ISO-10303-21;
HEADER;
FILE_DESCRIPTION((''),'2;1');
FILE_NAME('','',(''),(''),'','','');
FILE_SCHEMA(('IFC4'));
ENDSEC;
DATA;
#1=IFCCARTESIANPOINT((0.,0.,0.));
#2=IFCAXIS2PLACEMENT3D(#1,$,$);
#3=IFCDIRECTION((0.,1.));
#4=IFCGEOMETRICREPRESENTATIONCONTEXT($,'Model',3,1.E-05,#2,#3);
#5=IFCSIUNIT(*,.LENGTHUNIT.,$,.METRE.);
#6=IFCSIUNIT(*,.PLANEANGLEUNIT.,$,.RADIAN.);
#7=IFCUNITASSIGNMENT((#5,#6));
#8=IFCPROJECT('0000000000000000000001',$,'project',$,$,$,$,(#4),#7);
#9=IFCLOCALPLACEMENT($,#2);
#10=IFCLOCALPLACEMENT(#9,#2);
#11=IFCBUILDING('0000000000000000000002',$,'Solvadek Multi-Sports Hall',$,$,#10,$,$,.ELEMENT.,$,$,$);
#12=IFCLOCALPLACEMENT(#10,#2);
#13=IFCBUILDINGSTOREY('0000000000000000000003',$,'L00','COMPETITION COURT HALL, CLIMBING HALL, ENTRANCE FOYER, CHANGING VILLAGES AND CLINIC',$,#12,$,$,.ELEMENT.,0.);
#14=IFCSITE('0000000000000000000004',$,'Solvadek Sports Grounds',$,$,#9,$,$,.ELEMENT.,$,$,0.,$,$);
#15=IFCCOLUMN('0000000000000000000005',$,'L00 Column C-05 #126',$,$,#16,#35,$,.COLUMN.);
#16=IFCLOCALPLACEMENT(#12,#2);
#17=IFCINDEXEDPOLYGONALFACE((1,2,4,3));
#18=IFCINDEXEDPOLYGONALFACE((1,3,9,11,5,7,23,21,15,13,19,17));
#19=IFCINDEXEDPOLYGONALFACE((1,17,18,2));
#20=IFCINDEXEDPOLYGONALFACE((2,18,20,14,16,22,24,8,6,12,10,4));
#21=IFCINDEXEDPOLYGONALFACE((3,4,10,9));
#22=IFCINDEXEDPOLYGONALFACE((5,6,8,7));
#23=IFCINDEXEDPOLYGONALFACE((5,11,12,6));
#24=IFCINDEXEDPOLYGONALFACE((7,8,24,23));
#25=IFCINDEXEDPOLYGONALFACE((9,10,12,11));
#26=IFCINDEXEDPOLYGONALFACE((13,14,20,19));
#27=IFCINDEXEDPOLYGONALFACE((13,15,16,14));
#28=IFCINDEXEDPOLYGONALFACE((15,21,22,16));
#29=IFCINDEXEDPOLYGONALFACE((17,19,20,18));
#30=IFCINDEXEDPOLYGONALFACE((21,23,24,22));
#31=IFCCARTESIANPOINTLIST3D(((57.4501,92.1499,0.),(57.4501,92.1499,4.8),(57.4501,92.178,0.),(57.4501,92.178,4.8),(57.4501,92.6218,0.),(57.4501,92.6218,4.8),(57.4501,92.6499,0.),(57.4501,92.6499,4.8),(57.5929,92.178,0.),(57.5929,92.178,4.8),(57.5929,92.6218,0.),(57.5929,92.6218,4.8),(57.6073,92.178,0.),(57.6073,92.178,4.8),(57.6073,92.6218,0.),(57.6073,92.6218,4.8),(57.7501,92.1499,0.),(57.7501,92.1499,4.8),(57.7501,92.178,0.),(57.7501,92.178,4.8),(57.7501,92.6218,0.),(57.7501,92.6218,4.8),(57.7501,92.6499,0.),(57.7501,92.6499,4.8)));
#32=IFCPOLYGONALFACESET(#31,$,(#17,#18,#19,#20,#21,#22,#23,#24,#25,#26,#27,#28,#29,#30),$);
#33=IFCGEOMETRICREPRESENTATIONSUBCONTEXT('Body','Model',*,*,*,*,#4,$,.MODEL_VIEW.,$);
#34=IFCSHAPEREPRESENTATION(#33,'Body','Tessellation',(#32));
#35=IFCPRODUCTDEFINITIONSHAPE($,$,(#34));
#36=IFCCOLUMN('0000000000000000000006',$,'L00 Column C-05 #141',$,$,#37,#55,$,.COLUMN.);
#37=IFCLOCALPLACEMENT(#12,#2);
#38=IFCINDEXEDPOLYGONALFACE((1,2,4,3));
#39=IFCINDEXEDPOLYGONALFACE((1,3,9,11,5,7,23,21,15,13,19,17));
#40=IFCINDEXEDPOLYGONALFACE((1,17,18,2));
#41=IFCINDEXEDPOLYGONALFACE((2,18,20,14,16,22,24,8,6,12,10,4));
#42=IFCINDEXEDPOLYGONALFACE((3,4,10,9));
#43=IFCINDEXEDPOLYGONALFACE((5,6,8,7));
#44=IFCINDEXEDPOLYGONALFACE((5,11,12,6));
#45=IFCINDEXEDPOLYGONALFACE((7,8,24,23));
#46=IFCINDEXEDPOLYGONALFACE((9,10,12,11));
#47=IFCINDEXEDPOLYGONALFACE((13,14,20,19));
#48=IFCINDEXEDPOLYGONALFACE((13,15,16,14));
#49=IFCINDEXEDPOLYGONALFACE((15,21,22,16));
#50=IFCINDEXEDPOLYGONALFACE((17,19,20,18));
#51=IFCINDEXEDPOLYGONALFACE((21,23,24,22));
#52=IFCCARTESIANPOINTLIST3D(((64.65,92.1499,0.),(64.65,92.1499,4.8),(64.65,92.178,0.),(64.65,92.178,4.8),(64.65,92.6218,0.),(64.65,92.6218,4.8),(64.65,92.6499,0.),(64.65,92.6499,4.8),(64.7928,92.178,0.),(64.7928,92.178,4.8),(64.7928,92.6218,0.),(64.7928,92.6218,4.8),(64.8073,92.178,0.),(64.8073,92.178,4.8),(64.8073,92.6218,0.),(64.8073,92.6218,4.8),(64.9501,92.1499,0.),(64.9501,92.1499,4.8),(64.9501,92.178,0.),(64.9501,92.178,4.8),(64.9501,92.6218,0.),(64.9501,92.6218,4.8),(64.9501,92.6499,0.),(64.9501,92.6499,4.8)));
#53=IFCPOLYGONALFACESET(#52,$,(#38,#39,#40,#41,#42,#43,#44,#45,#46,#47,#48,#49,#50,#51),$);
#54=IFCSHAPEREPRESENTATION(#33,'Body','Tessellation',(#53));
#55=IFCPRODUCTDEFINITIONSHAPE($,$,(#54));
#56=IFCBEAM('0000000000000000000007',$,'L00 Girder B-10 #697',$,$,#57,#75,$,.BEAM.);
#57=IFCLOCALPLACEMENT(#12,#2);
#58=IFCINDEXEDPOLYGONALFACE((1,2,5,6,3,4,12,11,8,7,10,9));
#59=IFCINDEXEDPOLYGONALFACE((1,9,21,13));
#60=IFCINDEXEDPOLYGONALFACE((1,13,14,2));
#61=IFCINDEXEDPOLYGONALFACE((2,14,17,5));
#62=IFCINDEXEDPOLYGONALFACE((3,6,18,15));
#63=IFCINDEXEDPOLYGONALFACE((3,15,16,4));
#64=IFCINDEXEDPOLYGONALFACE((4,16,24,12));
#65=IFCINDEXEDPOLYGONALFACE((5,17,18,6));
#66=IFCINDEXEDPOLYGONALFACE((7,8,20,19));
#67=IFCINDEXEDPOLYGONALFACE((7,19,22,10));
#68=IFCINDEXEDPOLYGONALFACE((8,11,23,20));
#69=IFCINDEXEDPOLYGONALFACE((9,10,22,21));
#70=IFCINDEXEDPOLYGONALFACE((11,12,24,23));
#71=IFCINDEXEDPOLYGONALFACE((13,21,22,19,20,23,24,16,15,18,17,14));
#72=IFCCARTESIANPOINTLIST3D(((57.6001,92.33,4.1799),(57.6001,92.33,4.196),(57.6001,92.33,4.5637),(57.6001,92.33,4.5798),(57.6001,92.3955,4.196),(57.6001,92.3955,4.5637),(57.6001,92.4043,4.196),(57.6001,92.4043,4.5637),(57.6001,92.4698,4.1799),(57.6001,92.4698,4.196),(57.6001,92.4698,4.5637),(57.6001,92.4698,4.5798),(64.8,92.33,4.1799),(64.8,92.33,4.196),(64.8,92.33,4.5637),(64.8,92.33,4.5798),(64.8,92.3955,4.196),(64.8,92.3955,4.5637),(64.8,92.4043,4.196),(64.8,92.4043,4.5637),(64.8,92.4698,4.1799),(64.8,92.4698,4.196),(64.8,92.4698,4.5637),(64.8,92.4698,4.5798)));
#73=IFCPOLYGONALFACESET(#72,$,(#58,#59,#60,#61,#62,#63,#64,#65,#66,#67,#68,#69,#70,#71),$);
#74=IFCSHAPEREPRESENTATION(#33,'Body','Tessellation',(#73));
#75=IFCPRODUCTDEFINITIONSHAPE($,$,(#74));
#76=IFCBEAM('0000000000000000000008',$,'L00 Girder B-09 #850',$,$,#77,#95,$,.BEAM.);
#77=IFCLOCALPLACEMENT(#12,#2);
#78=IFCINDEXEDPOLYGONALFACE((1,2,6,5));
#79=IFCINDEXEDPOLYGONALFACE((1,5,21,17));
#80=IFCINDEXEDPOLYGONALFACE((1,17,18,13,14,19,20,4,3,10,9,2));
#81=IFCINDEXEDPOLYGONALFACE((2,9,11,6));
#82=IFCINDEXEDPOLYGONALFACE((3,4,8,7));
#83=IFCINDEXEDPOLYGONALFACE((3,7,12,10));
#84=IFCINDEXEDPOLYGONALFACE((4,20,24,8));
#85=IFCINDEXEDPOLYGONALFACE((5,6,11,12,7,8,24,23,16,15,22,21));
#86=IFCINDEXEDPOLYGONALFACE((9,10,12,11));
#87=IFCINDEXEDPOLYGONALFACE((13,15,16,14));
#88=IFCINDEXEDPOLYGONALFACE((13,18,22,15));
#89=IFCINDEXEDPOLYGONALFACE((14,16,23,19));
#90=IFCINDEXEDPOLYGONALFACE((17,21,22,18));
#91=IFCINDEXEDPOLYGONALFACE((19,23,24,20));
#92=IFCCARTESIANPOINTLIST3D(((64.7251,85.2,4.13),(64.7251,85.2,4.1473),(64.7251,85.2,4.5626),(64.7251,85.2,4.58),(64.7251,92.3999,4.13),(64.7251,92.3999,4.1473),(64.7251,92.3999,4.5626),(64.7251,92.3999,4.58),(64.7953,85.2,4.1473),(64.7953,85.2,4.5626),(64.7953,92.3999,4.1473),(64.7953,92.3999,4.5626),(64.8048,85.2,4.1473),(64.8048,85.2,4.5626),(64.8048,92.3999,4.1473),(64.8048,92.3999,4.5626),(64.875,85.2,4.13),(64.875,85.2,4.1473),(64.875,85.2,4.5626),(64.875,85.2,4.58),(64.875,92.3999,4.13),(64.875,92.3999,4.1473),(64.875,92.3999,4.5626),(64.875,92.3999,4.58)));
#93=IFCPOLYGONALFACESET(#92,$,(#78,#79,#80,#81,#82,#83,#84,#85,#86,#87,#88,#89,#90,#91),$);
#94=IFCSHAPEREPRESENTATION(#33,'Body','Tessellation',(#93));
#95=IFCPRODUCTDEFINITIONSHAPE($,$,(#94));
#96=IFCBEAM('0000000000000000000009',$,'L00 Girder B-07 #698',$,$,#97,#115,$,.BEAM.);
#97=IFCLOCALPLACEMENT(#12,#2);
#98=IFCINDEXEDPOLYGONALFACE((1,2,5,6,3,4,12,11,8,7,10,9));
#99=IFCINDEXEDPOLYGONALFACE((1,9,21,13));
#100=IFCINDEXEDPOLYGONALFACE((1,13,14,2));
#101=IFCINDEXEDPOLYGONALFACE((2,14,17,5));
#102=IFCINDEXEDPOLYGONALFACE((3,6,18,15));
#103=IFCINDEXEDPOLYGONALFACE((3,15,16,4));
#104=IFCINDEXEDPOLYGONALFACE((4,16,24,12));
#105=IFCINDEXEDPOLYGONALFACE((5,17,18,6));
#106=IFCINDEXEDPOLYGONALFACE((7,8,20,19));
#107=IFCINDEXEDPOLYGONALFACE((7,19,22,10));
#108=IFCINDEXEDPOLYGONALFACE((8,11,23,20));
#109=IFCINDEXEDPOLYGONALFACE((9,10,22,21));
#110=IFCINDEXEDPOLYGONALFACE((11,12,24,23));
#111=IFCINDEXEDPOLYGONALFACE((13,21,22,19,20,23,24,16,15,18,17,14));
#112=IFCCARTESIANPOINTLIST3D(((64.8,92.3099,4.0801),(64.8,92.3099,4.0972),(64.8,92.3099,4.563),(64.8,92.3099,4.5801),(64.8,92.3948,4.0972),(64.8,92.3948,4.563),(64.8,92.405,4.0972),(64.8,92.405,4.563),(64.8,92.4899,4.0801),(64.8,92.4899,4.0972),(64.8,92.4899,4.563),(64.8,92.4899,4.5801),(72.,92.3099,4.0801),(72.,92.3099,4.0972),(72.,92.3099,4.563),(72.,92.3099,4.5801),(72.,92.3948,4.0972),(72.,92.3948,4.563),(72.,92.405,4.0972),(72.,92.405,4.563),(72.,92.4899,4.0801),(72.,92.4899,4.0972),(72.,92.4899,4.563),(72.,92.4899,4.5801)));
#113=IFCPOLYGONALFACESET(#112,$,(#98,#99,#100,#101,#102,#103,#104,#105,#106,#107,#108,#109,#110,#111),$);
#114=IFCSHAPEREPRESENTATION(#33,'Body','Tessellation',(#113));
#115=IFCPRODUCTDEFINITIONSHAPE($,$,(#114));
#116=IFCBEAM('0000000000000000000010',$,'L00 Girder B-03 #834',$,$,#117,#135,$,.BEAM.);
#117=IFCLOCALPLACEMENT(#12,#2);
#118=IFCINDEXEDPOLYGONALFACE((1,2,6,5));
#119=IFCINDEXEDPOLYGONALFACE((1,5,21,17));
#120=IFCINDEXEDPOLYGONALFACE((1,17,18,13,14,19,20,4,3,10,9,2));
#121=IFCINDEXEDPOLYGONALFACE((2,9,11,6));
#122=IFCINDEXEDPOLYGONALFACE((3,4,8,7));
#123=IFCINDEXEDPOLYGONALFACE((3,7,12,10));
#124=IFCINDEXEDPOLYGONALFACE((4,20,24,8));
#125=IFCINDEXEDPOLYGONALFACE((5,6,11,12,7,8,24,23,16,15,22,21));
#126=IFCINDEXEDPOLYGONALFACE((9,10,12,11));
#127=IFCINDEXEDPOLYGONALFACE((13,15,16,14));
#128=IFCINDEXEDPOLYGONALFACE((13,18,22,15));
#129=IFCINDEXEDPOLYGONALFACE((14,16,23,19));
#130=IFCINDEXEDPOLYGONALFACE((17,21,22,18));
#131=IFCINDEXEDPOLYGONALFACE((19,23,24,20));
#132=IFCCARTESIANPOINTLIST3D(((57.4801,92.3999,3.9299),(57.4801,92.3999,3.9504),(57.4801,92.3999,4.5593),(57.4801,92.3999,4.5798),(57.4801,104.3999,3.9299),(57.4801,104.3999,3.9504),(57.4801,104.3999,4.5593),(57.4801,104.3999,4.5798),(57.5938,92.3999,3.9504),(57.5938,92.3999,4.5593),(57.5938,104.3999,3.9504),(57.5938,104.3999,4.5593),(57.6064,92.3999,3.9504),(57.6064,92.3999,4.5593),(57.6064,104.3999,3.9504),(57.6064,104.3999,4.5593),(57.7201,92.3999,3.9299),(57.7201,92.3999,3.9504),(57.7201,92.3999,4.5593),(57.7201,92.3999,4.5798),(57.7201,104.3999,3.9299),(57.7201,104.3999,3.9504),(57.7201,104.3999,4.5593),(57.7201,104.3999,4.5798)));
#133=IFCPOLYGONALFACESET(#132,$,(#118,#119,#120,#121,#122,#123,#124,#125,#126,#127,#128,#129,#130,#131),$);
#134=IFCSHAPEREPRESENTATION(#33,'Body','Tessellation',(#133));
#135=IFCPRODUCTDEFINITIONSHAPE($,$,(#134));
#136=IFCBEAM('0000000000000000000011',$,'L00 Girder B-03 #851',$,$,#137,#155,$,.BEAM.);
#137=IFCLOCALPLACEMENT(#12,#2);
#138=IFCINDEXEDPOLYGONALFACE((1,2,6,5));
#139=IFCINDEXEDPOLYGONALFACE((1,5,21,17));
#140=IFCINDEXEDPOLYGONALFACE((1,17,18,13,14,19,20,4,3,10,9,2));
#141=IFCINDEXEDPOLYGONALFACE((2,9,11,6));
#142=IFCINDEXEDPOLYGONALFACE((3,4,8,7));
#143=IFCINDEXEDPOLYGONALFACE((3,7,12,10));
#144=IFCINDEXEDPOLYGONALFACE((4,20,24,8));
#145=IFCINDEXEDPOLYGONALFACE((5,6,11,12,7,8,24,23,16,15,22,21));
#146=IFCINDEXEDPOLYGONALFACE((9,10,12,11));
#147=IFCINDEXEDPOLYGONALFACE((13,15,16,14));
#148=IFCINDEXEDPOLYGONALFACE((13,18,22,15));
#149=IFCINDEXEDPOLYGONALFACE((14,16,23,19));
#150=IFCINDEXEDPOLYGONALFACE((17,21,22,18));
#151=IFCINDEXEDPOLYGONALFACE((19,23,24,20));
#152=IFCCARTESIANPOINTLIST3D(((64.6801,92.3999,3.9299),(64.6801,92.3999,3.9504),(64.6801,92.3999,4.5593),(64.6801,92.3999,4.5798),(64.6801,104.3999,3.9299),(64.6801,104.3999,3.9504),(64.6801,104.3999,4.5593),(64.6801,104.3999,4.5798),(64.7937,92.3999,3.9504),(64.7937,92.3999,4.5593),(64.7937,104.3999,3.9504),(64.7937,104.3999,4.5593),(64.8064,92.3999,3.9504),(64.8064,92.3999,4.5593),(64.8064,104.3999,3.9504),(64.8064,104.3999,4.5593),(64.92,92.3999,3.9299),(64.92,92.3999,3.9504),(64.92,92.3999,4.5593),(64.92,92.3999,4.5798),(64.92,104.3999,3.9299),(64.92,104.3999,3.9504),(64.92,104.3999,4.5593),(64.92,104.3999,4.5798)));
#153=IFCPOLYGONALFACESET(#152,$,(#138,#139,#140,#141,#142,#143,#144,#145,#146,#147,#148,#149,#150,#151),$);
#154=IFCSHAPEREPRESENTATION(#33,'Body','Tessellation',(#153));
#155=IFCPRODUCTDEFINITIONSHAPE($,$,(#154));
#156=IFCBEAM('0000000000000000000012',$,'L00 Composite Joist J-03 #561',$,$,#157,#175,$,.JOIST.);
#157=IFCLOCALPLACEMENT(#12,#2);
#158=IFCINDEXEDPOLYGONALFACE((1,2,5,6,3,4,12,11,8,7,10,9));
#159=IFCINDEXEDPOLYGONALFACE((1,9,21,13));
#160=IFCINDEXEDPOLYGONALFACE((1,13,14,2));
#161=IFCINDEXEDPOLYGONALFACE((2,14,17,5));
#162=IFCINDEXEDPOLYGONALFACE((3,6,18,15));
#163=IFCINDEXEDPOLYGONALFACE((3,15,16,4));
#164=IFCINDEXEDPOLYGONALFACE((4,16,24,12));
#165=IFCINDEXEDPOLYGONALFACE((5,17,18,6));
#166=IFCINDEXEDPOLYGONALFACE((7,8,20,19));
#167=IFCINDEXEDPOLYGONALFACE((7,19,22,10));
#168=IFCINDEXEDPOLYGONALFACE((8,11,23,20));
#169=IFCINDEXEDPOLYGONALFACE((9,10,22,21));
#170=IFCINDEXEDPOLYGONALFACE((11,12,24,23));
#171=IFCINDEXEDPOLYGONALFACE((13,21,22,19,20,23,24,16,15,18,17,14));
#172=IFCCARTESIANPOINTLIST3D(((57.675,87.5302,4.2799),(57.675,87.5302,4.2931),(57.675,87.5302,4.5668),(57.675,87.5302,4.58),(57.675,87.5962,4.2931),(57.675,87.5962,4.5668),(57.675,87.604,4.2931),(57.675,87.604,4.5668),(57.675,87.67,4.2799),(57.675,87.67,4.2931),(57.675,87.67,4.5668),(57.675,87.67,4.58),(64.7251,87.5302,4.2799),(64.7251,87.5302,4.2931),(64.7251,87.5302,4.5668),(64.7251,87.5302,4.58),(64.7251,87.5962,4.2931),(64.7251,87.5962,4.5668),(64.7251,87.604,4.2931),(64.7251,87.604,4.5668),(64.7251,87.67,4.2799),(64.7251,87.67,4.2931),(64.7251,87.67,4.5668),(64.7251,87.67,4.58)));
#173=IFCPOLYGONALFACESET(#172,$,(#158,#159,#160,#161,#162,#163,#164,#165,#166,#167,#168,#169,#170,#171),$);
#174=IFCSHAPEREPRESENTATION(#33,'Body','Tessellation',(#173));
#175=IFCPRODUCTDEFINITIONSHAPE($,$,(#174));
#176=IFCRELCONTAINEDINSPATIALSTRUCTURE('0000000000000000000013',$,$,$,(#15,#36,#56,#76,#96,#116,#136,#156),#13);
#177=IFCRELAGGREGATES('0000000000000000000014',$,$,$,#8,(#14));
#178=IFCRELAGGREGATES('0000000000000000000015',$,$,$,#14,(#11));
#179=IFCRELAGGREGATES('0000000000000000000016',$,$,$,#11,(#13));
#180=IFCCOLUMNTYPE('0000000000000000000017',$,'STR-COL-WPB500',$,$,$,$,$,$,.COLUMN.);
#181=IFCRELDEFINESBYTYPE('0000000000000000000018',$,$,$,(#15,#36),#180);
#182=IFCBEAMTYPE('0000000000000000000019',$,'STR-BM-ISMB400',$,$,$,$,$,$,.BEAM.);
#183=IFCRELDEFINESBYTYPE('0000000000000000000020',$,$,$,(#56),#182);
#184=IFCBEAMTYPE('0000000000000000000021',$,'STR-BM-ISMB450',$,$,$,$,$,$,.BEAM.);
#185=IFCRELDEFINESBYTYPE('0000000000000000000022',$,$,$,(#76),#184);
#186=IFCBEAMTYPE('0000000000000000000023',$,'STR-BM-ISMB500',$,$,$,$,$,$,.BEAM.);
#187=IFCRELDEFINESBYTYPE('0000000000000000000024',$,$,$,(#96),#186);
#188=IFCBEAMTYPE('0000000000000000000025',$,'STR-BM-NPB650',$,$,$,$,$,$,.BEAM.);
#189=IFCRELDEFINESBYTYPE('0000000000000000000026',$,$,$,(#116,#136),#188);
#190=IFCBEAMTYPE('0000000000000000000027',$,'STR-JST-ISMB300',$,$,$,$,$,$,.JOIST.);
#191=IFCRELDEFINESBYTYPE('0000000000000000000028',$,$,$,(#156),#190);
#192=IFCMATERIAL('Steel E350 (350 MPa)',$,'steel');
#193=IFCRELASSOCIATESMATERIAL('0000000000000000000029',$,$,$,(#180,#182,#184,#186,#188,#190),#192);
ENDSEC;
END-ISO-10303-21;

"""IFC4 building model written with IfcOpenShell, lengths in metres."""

from ifc_helpers import new_model, si_unit, direction, frame, origin, origin_2d, place, context, subcontext, project, spatial, i_section, extrude, material, material_profile, profile_set, type_object, element, save


model = new_model("IFC4")

# Units and contexts
model_context = context("Model", 3, precision=1e-05, world=origin(), true_north=direction((0.0, 1.0)))
body_context = subcontext(model_context, "Body", "Model", "MODEL_VIEW")
ifc_project = project(units=[si_unit("LENGTHUNIT", "METRE"), si_unit("PLANEANGLEUNIT", "RADIAN")], contexts=[model_context])

# Site, building, storey
site_placement = place(None, origin())
site = spatial("IfcSite", under=ifc_project, at=site_placement, Name="Solvadek Sports Grounds", CompositionType="ELEMENT", RefElevation=0.0)
building_placement = place(site_placement, origin())
building = spatial("IfcBuilding", under=site, at=building_placement, Name="Solvadek Multi-Sports Hall", CompositionType="ELEMENT")
storey_placement = place(building_placement, origin())
storey = spatial("IfcBuildingStorey", under=building, at=storey_placement, Name="L00", Description="COMPETITION COURT HALL, CLIMBING HALL, ENTRANCE FOYER, CHANGING VILLAGES AND CLINIC", CompositionType="ELEMENT", Elevation=0.0)

# Columns
ifc_material_1 = material(Name="Steel E350 (350 MPa)", Category="steel")
ifc_material_profile_1 = material_profile(ifc_material_1, i_section(OverallWidth=0.3, OverallDepth=0.5, WebThickness=0.0144, FlangeThickness=0.0281, at=origin_2d()), Name="WPB 500")
ifc_profile_set_1 = profile_set([ifc_material_profile_1], Name="Steel E350 (350 MPa)")
column_type = type_object("IfcColumnType", Name="STR-COL-WPB500", PredefinedType="COLUMN", material=ifc_profile_set_1)
for number, where, z_axis, x_axis, name in (
    (1, (57.6001, 92.3999, 0.0), (0.0, 0.0, 1.0), (1.0, 0.0, 0.0), "L00 Column C-05 #126"),
    (2, (64.8, 92.3999, 0.0), (0.0, 0.0, 1.0), (1.0, 0.0, 0.0), "L00 Column C-05 #141"),
):
    element("IfcColumn", number, at=place(storey_placement, frame(where, z_axis=z_axis, x_axis=x_axis)), inside=storey, type_object=column_type, Name=name, PredefinedType="COLUMN", context=body_context, shape_type="SweptSolid", body=[
        extrude(i_section(OverallWidth=0.3, OverallDepth=0.5, WebThickness=0.0144, FlangeThickness=0.0281, at=origin_2d()), origin(), (0.0, 0.0, 1.0), 4.8),
    ])

# Beams
ifc_material_profile_2 = material_profile(ifc_material_1, i_section(OverallWidth=0.1399, OverallDepth=0.3999, WebThickness=0.0088, FlangeThickness=0.0161, at=origin_2d()), Name="ISMB 400")
ifc_profile_set_2 = profile_set([ifc_material_profile_2], Name="Steel E350 (350 MPa)")
beam_type_1 = type_object("IfcBeamType", Name="STR-BM-ISMB400", PredefinedType="BEAM", material=ifc_profile_set_2)
beam_1_placement = place(storey_placement, frame((57.6001, 92.3999, 4.3799), z_axis=(1.0, 0.0, 0.0), x_axis=(0.0, 1.0, 0.0)))
element("IfcBeam", 3, at=beam_1_placement, inside=storey, type_object=beam_type_1, Name="L00 Girder B-10 #697", PredefinedType="BEAM", context=body_context, shape_type="SweptSolid", body=[
    extrude(i_section(OverallWidth=0.1399, OverallDepth=0.3999, WebThickness=0.0088, FlangeThickness=0.0161, at=origin_2d()), origin(), (0.0, 0.0, 1.0), 7.2),
])
ifc_material_profile_3 = material_profile(ifc_material_1, i_section(OverallWidth=0.1499, OverallDepth=0.45, WebThickness=0.0095, FlangeThickness=0.0173, at=origin_2d()), Name="ISMB 450")
ifc_profile_set_3 = profile_set([ifc_material_profile_3], Name="Steel E350 (350 MPa)")
beam_type_2 = type_object("IfcBeamType", Name="STR-BM-ISMB450", PredefinedType="BEAM", material=ifc_profile_set_3)
beam_2_placement = place(storey_placement, frame((64.8, 85.2, 4.355), z_axis=(0.0, 1.0, 0.0), x_axis=(-1.0, 0.0, 0.0)))
element("IfcBeam", 4, at=beam_2_placement, inside=storey, type_object=beam_type_2, Name="L00 Girder B-09 #850", PredefinedType="BEAM", context=body_context, shape_type="SweptSolid", body=[
    extrude(i_section(OverallWidth=0.1499, OverallDepth=0.45, WebThickness=0.0095, FlangeThickness=0.0173, at=origin_2d()), origin(), (0.0, 0.0, 1.0), 7.2),
])
ifc_material_profile_4 = material_profile(ifc_material_1, i_section(OverallWidth=0.1799, OverallDepth=0.5, WebThickness=0.0103, FlangeThickness=0.0171, at=origin_2d()), Name="ISMB 500")
ifc_profile_set_4 = profile_set([ifc_material_profile_4], Name="Steel E350 (350 MPa)")
beam_type_3 = type_object("IfcBeamType", Name="STR-BM-ISMB500", PredefinedType="BEAM", material=ifc_profile_set_4)
beam_3_placement = place(storey_placement, frame((64.8, 92.3999, 4.3301), z_axis=(1.0, 0.0, 0.0), x_axis=(0.0, 1.0, 0.0)))
element("IfcBeam", 5, at=beam_3_placement, inside=storey, type_object=beam_type_3, Name="L00 Girder B-07 #698", PredefinedType="BEAM", context=body_context, shape_type="SweptSolid", body=[
    extrude(i_section(OverallWidth=0.1799, OverallDepth=0.5, WebThickness=0.0103, FlangeThickness=0.0171, at=origin_2d()), origin(), (0.0, 0.0, 1.0), 7.2),
])
ifc_material_profile_5 = material_profile(ifc_material_1, i_section(OverallWidth=0.24, OverallDepth=0.6499, WebThickness=0.0127, FlangeThickness=0.0205, at=origin_2d()), Name="NPB 650")
ifc_profile_set_5 = profile_set([ifc_material_profile_5], Name="Steel E350 (350 MPa)")
beam_type_4 = type_object("IfcBeamType", Name="STR-BM-NPB650", PredefinedType="BEAM", material=ifc_profile_set_5)
for number, where, z_axis, x_axis, name in (
    (6, (57.6001, 92.3999, 4.2549), (0.0, 1.0, 0.0), (-1.0, 0.0, 0.0), "L00 Girder B-03 #834"),
    (7, (64.8, 92.3999, 4.2549), (0.0, 1.0, 0.0), (-1.0, 0.0, 0.0), "L00 Girder B-03 #851"),
):
    element("IfcBeam", number, at=place(storey_placement, frame(where, z_axis=z_axis, x_axis=x_axis)), inside=storey, type_object=beam_type_4, Name=name, PredefinedType="BEAM", context=body_context, shape_type="SweptSolid", body=[
        extrude(i_section(OverallWidth=0.24, OverallDepth=0.6499, WebThickness=0.0127, FlangeThickness=0.0205, at=origin_2d()), origin(), (0.0, 0.0, 1.0), 12.0),
    ])
ifc_material_profile_6 = material_profile(ifc_material_1, i_section(OverallWidth=0.1399, OverallDepth=0.3, WebThickness=0.0078, FlangeThickness=0.0132, at=origin_2d()), Name="ISMB 300")
ifc_profile_set_6 = profile_set([ifc_material_profile_6], Name="Steel E350 (350 MPa)")
beam_type_5 = type_object("IfcBeamType", Name="STR-JST-ISMB300", PredefinedType="JOIST", material=ifc_profile_set_6)
for number, where, z_axis, x_axis, name in (
    (8, (57.675, 87.6001, 4.4299), (1.0, 0.0, 0.0), (0.0, 1.0, 0.0), "L00 Composite Joist J-03 #561"),
):
    element("IfcBeam", number, at=place(storey_placement, frame(where, z_axis=z_axis, x_axis=x_axis)), inside=storey, type_object=beam_type_5, Name=name, PredefinedType="JOIST", context=body_context, shape_type="SweptSolid", body=[
        extrude(i_section(OverallWidth=0.1399, OverallDepth=0.3, WebThickness=0.0078, FlangeThickness=0.0132, at=origin_2d()), origin(), (0.0, 0.0, 1.0), 7.05),
    ])

save(model, "model.ifc")
